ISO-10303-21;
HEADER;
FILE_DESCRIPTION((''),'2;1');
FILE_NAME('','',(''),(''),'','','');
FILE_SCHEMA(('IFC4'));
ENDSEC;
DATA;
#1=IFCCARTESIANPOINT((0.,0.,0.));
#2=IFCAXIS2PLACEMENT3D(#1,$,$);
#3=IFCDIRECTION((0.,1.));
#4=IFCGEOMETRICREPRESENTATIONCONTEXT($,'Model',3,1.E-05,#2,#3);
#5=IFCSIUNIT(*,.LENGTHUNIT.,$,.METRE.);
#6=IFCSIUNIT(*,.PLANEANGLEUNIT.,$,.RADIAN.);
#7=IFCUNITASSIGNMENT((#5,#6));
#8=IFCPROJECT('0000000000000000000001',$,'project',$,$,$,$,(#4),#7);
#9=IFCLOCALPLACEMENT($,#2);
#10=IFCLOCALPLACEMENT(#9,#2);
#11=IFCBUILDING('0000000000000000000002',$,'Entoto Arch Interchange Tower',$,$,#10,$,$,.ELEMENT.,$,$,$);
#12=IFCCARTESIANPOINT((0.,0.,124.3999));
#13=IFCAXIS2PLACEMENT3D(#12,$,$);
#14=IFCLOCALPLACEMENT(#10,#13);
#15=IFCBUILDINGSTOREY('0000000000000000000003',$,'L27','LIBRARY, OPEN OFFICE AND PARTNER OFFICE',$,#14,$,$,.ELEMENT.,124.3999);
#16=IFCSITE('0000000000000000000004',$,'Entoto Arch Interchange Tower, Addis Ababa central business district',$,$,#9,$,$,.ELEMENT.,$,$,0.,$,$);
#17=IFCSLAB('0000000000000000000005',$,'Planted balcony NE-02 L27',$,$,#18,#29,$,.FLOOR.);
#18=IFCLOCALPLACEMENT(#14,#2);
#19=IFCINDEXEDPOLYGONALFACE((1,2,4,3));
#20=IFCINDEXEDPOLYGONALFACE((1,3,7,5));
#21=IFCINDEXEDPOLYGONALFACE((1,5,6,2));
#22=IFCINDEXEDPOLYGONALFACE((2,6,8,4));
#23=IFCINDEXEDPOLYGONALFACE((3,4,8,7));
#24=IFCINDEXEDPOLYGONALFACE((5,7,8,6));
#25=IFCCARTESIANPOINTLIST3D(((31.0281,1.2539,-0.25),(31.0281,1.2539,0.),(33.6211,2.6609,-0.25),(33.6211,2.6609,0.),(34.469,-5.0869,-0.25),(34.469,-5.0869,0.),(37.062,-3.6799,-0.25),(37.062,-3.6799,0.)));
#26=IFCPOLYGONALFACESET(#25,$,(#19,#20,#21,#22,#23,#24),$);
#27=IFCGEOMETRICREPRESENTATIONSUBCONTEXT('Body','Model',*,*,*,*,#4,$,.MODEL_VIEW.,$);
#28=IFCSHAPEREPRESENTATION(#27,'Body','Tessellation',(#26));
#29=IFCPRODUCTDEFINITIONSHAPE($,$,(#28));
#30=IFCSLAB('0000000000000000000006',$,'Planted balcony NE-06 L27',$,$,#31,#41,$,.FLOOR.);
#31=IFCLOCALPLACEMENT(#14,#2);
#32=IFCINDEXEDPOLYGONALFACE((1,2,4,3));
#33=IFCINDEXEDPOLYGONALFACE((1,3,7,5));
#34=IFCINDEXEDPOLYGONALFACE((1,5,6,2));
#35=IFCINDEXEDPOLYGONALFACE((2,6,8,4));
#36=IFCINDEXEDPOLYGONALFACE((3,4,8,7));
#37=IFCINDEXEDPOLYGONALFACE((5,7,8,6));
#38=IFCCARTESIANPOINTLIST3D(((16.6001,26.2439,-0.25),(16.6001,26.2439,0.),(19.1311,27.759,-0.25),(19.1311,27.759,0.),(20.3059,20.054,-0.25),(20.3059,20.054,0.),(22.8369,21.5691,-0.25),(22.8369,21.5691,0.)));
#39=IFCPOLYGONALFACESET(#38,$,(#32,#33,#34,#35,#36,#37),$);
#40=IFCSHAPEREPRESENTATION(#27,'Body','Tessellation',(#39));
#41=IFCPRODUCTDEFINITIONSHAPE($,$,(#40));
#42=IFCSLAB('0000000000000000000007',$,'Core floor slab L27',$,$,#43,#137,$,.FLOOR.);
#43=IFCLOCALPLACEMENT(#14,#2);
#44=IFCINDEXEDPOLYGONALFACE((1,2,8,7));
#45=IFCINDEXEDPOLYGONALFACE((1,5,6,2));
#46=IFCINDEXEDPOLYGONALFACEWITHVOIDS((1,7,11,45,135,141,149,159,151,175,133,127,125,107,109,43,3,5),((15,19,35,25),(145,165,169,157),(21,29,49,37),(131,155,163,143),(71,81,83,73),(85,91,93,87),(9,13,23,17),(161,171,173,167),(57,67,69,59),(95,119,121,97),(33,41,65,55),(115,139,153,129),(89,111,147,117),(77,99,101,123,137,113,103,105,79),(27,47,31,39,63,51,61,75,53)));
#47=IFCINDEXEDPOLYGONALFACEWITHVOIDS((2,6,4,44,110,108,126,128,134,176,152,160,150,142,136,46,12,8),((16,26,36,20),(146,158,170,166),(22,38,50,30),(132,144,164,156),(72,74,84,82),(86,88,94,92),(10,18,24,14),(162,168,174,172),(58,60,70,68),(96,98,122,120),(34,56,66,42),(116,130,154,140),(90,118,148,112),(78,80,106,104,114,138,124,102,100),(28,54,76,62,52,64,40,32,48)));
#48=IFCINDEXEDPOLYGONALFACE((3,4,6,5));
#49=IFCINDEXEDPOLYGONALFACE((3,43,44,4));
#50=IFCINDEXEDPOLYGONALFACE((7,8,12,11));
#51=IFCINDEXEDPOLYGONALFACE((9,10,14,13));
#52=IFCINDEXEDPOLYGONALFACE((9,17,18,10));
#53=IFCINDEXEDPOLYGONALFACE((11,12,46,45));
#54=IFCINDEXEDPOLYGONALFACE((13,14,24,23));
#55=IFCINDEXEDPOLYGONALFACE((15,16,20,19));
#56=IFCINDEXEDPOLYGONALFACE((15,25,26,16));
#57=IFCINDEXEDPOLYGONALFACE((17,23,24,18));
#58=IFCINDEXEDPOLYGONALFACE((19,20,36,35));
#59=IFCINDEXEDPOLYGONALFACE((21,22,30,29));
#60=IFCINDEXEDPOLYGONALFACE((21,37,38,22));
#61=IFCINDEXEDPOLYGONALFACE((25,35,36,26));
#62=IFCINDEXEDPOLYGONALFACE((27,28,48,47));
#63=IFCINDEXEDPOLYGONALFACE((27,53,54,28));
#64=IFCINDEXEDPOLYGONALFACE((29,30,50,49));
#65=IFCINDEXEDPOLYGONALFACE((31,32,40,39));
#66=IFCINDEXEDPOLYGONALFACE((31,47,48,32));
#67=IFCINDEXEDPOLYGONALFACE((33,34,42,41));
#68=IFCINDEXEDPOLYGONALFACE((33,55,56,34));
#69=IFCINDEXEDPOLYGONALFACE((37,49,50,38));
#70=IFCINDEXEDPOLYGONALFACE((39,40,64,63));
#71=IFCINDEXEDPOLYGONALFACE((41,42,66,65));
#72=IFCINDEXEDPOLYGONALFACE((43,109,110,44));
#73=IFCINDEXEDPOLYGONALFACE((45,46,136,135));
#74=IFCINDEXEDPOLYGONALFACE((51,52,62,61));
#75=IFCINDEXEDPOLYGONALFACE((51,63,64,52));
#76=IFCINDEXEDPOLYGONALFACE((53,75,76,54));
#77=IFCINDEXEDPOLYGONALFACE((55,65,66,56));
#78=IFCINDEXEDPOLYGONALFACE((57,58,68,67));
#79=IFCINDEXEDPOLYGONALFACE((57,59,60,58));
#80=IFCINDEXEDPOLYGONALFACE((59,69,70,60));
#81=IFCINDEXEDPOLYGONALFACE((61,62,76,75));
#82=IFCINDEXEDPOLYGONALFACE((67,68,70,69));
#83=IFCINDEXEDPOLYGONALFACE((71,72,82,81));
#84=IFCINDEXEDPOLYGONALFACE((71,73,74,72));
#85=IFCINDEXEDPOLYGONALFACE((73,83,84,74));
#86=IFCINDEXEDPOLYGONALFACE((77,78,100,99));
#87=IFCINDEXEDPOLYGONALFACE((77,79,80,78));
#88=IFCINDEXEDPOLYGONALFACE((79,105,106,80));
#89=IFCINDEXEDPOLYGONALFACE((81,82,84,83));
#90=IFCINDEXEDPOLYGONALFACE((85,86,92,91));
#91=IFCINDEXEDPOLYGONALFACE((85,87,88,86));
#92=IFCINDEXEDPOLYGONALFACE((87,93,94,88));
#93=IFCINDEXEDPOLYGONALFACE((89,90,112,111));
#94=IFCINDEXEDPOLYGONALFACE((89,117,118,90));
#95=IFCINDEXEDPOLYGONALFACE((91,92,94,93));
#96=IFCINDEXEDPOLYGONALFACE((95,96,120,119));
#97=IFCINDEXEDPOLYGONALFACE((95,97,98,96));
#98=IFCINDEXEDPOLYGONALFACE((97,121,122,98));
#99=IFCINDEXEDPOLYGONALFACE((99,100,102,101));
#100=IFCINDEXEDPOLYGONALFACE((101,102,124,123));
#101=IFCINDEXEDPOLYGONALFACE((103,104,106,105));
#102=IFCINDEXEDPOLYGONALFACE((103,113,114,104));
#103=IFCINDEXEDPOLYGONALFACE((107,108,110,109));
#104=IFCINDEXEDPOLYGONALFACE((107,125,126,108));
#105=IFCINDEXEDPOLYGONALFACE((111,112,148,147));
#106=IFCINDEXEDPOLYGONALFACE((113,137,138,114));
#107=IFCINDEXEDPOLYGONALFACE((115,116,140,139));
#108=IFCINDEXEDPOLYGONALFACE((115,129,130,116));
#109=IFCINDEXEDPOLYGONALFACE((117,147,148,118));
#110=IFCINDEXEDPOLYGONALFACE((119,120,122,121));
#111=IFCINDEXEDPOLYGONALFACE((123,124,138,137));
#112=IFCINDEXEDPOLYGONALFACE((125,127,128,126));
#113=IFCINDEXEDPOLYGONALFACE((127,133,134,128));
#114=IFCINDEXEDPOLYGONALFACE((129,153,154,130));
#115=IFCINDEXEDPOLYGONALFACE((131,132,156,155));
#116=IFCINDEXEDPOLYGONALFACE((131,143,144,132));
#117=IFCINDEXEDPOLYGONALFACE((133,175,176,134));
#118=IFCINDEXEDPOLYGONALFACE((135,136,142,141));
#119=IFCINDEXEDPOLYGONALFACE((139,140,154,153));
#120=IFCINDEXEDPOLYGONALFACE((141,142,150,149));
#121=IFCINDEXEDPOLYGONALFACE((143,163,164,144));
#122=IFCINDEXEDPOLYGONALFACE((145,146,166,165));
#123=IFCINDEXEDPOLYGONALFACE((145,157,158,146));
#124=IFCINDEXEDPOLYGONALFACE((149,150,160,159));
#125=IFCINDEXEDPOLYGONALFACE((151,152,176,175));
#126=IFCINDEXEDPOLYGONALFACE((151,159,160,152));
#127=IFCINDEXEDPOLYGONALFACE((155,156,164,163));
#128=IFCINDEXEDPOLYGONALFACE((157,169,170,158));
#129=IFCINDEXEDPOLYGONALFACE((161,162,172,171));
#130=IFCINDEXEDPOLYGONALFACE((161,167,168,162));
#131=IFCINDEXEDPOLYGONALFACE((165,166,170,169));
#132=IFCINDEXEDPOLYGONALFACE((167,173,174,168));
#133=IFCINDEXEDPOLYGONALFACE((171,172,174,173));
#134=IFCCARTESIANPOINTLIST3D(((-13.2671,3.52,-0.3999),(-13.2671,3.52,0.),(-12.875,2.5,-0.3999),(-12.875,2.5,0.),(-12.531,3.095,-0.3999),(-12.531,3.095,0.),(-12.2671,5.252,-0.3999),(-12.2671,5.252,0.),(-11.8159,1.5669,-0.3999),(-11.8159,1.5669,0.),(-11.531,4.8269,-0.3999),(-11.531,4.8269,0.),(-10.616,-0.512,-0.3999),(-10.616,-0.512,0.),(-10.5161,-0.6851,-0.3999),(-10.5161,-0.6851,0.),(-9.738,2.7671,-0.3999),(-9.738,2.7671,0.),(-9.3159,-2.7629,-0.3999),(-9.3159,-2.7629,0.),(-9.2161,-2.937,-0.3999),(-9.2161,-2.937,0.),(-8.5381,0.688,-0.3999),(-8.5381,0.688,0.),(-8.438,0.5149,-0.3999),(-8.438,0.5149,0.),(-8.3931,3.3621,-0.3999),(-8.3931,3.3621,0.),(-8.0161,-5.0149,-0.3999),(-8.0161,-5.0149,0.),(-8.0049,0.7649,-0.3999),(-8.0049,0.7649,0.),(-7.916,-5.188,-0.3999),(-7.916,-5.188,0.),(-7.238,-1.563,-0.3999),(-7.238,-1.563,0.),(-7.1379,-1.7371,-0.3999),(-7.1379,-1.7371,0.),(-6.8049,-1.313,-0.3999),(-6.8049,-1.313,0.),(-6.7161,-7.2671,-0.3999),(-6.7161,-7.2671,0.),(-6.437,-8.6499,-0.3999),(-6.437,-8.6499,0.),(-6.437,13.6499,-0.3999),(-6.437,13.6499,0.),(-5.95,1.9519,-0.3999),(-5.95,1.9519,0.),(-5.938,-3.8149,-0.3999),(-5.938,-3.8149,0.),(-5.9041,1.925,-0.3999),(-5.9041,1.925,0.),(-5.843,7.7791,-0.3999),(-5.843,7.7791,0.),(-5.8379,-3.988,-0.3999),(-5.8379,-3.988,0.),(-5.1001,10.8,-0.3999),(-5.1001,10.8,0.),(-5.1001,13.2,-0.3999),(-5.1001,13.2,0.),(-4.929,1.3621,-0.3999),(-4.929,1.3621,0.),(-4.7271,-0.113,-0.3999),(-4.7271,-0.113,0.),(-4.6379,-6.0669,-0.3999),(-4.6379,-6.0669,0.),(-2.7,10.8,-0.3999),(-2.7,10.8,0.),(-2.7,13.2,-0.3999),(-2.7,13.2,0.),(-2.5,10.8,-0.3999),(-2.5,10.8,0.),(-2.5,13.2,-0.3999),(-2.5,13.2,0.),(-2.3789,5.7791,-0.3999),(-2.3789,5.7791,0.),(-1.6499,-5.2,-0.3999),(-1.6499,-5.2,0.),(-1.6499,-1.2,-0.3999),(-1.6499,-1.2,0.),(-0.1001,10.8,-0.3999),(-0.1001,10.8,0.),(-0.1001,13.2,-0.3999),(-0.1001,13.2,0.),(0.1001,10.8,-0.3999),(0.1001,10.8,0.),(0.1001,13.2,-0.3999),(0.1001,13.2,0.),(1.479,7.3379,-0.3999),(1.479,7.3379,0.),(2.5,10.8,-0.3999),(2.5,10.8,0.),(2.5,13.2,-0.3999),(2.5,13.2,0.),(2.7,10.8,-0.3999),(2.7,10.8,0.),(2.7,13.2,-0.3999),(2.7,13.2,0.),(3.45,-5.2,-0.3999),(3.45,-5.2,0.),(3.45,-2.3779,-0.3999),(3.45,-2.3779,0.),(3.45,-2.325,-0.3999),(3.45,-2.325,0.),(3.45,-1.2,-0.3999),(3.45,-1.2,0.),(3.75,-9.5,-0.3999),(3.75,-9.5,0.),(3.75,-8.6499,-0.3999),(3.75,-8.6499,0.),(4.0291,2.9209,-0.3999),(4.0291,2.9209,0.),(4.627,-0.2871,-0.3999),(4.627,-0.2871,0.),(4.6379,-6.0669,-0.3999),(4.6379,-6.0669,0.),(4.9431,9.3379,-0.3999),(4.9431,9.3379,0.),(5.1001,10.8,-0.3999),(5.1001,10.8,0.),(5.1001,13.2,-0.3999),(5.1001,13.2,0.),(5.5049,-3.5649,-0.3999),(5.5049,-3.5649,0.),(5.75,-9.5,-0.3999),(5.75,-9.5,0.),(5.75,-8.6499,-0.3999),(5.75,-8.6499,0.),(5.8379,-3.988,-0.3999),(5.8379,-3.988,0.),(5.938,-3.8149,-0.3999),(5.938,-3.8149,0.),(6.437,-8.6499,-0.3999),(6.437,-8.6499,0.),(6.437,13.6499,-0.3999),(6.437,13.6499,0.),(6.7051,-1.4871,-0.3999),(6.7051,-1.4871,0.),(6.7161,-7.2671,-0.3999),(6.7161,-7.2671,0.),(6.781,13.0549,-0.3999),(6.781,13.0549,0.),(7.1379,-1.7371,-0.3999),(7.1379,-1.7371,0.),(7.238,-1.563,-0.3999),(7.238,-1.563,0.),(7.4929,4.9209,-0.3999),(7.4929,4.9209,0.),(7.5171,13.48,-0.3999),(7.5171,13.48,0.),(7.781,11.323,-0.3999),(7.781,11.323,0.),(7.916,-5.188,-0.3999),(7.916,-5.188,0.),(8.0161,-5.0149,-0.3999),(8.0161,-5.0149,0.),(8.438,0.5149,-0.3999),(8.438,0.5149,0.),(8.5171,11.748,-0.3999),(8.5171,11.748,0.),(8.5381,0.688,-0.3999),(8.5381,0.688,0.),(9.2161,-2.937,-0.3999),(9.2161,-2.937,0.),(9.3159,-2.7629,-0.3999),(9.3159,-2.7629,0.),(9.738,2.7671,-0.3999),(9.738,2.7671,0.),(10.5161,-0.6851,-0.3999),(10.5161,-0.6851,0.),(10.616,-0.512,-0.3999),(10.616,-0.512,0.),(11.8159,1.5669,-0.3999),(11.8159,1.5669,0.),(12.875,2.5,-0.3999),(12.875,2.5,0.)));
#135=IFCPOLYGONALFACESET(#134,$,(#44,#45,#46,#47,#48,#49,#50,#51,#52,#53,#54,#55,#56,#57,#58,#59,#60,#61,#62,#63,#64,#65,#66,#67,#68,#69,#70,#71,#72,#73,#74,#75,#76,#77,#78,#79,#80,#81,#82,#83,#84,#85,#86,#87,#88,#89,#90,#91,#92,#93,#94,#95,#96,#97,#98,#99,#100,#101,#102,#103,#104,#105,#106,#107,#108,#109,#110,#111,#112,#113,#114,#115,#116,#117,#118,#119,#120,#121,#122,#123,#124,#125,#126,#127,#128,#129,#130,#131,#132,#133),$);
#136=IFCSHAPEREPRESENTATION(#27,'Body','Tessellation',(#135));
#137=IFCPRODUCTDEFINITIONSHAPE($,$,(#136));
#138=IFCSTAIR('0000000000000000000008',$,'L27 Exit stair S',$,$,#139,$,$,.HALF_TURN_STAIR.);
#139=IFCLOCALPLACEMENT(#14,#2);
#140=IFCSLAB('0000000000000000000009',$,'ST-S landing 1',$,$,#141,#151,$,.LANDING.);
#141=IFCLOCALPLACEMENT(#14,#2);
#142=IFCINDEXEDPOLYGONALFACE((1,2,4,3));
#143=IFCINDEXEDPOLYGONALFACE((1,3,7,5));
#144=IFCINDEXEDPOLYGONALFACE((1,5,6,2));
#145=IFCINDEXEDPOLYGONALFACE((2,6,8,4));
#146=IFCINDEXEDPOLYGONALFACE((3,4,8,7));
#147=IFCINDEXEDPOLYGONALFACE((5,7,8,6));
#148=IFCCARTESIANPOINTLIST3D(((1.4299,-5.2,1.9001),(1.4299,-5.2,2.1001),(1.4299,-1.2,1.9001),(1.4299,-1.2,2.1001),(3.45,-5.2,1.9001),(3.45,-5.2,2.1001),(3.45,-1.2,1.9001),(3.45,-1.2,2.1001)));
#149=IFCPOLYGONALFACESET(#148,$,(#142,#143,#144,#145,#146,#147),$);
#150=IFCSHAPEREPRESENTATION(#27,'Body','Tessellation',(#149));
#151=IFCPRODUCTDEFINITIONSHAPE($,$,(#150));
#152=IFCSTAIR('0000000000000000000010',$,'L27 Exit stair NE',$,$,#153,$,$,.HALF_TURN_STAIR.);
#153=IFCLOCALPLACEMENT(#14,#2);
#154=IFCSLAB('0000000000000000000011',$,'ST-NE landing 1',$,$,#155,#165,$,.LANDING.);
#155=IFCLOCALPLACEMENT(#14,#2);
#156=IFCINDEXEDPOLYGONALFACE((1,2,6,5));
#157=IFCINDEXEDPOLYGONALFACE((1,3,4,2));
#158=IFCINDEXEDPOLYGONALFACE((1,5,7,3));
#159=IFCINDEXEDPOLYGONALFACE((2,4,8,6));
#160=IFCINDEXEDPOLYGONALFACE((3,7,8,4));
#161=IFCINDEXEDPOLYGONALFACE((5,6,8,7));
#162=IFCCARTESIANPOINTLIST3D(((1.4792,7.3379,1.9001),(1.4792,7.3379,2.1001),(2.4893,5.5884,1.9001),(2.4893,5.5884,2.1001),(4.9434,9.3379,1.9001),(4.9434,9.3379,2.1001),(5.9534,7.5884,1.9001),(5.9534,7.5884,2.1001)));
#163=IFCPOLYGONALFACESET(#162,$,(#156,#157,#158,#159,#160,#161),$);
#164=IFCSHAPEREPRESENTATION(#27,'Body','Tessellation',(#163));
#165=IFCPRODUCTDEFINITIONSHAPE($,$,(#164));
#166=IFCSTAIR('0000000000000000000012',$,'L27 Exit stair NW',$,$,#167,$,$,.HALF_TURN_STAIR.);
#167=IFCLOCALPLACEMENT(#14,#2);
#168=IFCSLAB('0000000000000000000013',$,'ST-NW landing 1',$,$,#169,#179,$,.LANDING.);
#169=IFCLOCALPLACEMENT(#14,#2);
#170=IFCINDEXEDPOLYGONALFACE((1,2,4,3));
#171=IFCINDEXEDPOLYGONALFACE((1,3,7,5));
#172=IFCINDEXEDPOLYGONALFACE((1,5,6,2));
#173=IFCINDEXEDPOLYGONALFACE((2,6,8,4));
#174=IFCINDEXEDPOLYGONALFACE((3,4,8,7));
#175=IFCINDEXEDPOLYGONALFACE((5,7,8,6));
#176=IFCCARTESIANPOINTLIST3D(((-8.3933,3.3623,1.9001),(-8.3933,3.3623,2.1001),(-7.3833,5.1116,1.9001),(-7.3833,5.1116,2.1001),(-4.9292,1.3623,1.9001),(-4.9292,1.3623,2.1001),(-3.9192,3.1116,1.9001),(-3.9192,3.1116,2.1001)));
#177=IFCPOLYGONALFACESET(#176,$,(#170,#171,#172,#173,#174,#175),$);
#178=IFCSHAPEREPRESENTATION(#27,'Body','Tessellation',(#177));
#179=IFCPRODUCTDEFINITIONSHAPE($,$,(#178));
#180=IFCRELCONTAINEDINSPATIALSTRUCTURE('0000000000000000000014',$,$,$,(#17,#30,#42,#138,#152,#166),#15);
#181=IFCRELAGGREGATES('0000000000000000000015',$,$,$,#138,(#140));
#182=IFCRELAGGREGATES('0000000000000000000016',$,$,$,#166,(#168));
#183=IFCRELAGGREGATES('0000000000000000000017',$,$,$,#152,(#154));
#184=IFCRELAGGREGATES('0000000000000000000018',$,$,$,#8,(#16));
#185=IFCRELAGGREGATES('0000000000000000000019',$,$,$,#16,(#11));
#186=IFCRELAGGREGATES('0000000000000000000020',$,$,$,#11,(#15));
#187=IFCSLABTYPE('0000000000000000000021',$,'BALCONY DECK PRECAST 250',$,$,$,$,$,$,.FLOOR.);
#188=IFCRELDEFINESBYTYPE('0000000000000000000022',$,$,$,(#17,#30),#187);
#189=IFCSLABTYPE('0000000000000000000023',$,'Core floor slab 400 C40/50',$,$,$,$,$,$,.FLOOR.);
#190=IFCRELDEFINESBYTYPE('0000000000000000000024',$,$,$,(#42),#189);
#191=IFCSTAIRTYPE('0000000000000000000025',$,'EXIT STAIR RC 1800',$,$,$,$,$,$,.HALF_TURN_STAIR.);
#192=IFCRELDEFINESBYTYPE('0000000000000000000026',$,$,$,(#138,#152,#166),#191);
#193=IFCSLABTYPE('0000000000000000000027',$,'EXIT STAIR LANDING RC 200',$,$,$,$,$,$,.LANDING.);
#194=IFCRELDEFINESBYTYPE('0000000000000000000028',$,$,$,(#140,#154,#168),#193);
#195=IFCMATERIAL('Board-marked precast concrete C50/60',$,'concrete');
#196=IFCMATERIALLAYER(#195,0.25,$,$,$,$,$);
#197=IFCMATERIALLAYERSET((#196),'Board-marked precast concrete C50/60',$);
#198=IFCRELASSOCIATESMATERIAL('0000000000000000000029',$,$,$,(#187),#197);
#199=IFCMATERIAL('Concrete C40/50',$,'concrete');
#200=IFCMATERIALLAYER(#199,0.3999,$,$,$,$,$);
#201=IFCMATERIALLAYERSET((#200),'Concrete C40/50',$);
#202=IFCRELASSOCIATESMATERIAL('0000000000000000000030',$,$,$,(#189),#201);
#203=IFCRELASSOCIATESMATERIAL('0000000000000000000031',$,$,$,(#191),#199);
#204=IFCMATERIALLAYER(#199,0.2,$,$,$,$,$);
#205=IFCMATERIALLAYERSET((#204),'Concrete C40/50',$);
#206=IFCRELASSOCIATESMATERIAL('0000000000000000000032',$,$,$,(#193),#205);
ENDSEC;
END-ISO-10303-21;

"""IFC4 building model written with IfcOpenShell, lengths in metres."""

from ifc_helpers import new_model, si_unit, direction, frame, origin, place, context, subcontext, project, spatial, polyline, outline, extrude, material, layer, layer_set, type_object, element, aggregate, save


model = new_model("IFC4")

# Units and contexts
model_context = context("Model", 3, precision=1e-05, world=origin(), true_north=direction((0.0, 1.0)))
body_context = subcontext(model_context, "Body", "Model", "MODEL_VIEW")
ifc_project = project(units=[si_unit("LENGTHUNIT", "METRE"), si_unit("PLANEANGLEUNIT", "RADIAN")], contexts=[model_context])

# Site, building, storey
site_placement = place(None, origin())
site = spatial("IfcSite", under=ifc_project, at=site_placement, Name="Entoto Arch Interchange Tower, Addis Ababa central business district", CompositionType="ELEMENT", RefElevation=0.0)
building_placement = place(site_placement, origin())
building = spatial("IfcBuilding", under=site, at=building_placement, Name="Entoto Arch Interchange Tower", CompositionType="ELEMENT")
storey_placement = place(building_placement, frame((0.0, 0.0, 124.3999)))
storey = spatial("IfcBuildingStorey", under=building, at=storey_placement, Name="L27", Description="LIBRARY, OPEN OFFICE AND PARTNER OFFICE", CompositionType="ELEMENT", Elevation=124.3999)

# Slabs
ifc_material_1 = material(Name="Board-marked precast concrete C50/60", Category="concrete")
ifc_layer_1 = layer(ifc_material_1, 0.25)
ifc_layer_set_1 = layer_set([ifc_layer_1], Name="Board-marked precast concrete C50/60")
slab_type_1 = type_object("IfcSlabType", Name="BALCONY DECK PRECAST 250", PredefinedType="FLOOR", material=ifc_layer_set_1)
slab_1_placement = place(storey_placement, frame((0.0, 0.0, -0.25)))
element("IfcSlab", 1, at=slab_1_placement, inside=storey, type_object=slab_type_1, Name="Planted balcony NE-02 L27", PredefinedType="FLOOR", context=body_context, shape_type="SweptSolid", body=[
    extrude(outline(polyline([(34.469, -5.0869), (31.0281, 1.2539), (33.6211, 2.6609), (37.062, -3.6799), (34.469, -5.0869)])), origin(), (0.0, 0.0, 1.0), 0.25),
])
slab_2_placement = place(storey_placement, frame((0.0, 0.0, -0.25)))
element("IfcSlab", 2, at=slab_2_placement, inside=storey, type_object=slab_type_1, Name="Planted balcony NE-06 L27", PredefinedType="FLOOR", context=body_context, shape_type="SweptSolid", body=[
    extrude(outline(polyline([(20.3059, 20.054), (16.6001, 26.2439), (19.1311, 27.759), (22.8369, 21.5691), (20.3059, 20.054)])), origin(), (0.0, 0.0, 1.0), 0.25),
])
ifc_material_2 = material(Name="Concrete C40/50", Category="concrete")
ifc_layer_2 = layer(ifc_material_2, 0.3999)
ifc_layer_set_2 = layer_set([ifc_layer_2], Name="Concrete C40/50")
slab_type_2 = type_object("IfcSlabType", Name="Core floor slab 400 C40/50", PredefinedType="FLOOR", material=ifc_layer_set_2)
slab_3_placement = place(storey_placement, frame((0.0, 0.0, -0.3999)))
element("IfcSlab", 3, at=slab_3_placement, inside=storey, type_object=slab_type_2, Name="Core floor slab L27", PredefinedType="FLOOR", context=body_context, shape_type="SweptSolid", body=[
    extrude(outline(polyline([(5.75, -9.5), (3.75, -9.5), (3.75, -8.6499), (-6.437, -8.6499), (-12.875, 2.5), (-12.531, 3.095), (-13.2671, 3.52), (-12.2671, 5.252), (-11.531, 4.8269), (-6.437, 13.6499), (6.437, 13.6499), (6.781, 13.0549), (7.5171, 13.48), (8.5171, 11.748), (7.781, 11.323), (12.875, 2.5), (6.437, -8.6499), (5.75, -8.6499), (5.75, -9.5)]), holes=[polyline([(-4.6379, -6.0669), (-5.8379, -3.988), (-7.916, -5.188), (-6.7161, -7.2671), (-4.6379, -6.0669)]), polyline([(-5.938, -3.8149), (-7.1379, -1.7371), (-9.2161, -2.937), (-8.0161, -5.0149), (-5.938, -3.8149)]), polyline([(5.5049, -3.5649), (6.7051, -1.4871), (4.627, -0.2871), (3.45, -2.325), (3.45, -1.2), (-1.6499, -1.2), (-1.6499, -5.2), (3.45, -5.2), (3.45, -2.3779), (5.5049, -3.5649)]), polyline([(-7.238, -1.563), (-8.438, 0.5149), (-10.5161, -0.6851), (-9.3159, -2.7629), (-7.238, -1.563)]), polyline([(-4.7271, -0.113), (-5.9041, 1.925), (-4.929, 1.3621), (-2.3789, 5.7791), (-5.843, 7.7791), (-8.3931, 3.3621), (-5.95, 1.9519), (-8.0049, 0.7649), (-6.8049, -1.313), (-4.7271, -0.113)]), polyline([(-8.5381, 0.688), (-9.738, 2.7671), (-11.8159, 1.5669), (-10.616, -0.512), (-8.5381, 0.688)]), polyline([(-5.1001, 10.8), (-2.7, 10.8), (-2.7, 13.2), (-5.1001, 13.2), (-5.1001, 10.8)]), polyline([(-2.5, 10.8), (-0.1001, 10.8), (-0.1001, 13.2), (-2.5, 13.2), (-2.5, 10.8)]), polyline([(5.8379, -3.988), (4.6379, -6.0669), (6.7161, -7.2671), (7.916, -5.188), (5.8379, -3.988)]), polyline([(7.1379, -1.7371), (5.938, -3.8149), (8.0161, -5.0149), (9.2161, -2.937), (7.1379, -1.7371)]), polyline([(8.438, 0.5149), (7.238, -1.563), (9.3159, -2.7629), (10.5161, -0.6851), (8.438, 0.5149)]), polyline([(9.738, 2.7671), (8.5381, 0.688), (10.616, -0.512), (11.8159, 1.5669), (9.738, 2.7671)]), polyline([(4.0291, 2.9209), (7.4929, 4.9209), (4.9431, 9.3379), (1.479, 7.3379), (4.0291, 2.9209)]), polyline([(0.1001, 13.2), (0.1001, 10.8), (2.5, 10.8), (2.5, 13.2), (0.1001, 13.2)]), polyline([(2.7, 13.2), (2.7, 10.8), (5.1001, 10.8), (5.1001, 13.2), (2.7, 13.2)])]), origin(), (0.0, 0.0, 1.0), 0.3999),
])

# Stairs, slabs
stair_type = type_object("IfcStairType", Name="EXIT STAIR RC 1800", PredefinedType="HALF_TURN_STAIR", material=ifc_material_2)
stair_1_placement = place(storey_placement, origin())
stair_1 = element("IfcStair", 4, at=stair_1_placement, inside=storey, type_object=stair_type, Name="L27 Exit stair S", PredefinedType="HALF_TURN_STAIR")
ifc_layer_3 = layer(ifc_material_2, 0.2)
ifc_layer_set_3 = layer_set([ifc_layer_3], Name="Concrete C40/50")
slab_type_3 = type_object("IfcSlabType", Name="EXIT STAIR LANDING RC 200", PredefinedType="LANDING", material=ifc_layer_set_3)
slab_4_placement = place(storey_placement, frame((0.0, 0.0, 1.9001)))
slab_4 = element("IfcSlab", 5, at=slab_4_placement, type_object=slab_type_3, Name="ST-S landing 1", PredefinedType="LANDING", context=body_context, shape_type="SweptSolid", body=[
    extrude(outline(polyline([(1.4299, -5.2), (3.45, -5.2), (3.45, -1.2), (1.4299, -1.2), (1.4299, -5.2)])), origin(), (0.0, 0.0, 1.0), 0.2),
])
aggregate(stair_1, [slab_4])
stair_2_placement = place(storey_placement, origin())
stair_2 = element("IfcStair", 6, at=stair_2_placement, inside=storey, type_object=stair_type, Name="L27 Exit stair NE", PredefinedType="HALF_TURN_STAIR")
slab_5_placement = place(storey_placement, frame((0.0, 0.0, 1.9001)))
slab_5 = element("IfcSlab", 7, at=slab_5_placement, type_object=slab_type_3, Name="ST-NE landing 1", PredefinedType="LANDING", context=body_context, shape_type="SweptSolid", body=[
    extrude(outline(polyline([(5.9534, 7.5884), (4.9434, 9.3379), (1.4792, 7.3379), (2.4893, 5.5884), (5.9534, 7.5884)])), origin(), (0.0, 0.0, 1.0), 0.2),
])
stair_3_placement = place(storey_placement, origin())
stair_3 = element("IfcStair", 8, at=stair_3_placement, inside=storey, type_object=stair_type, Name="L27 Exit stair NW", PredefinedType="HALF_TURN_STAIR")
slab_6_placement = place(storey_placement, frame((0.0, 0.0, 1.9001)))
slab_6 = element("IfcSlab", 9, at=slab_6_placement, type_object=slab_type_3, Name="ST-NW landing 1", PredefinedType="LANDING", context=body_context, shape_type="SweptSolid", body=[
    extrude(outline(polyline([(-7.3833, 5.1116), (-8.3933, 3.3623), (-4.9292, 1.3623), (-3.9192, 3.1116), (-7.3833, 5.1116)])), origin(), (0.0, 0.0, 1.0), 0.2),
])
aggregate(stair_3, [slab_6])

aggregate(stair_2, [slab_5])

save(model, "model.ifc")
